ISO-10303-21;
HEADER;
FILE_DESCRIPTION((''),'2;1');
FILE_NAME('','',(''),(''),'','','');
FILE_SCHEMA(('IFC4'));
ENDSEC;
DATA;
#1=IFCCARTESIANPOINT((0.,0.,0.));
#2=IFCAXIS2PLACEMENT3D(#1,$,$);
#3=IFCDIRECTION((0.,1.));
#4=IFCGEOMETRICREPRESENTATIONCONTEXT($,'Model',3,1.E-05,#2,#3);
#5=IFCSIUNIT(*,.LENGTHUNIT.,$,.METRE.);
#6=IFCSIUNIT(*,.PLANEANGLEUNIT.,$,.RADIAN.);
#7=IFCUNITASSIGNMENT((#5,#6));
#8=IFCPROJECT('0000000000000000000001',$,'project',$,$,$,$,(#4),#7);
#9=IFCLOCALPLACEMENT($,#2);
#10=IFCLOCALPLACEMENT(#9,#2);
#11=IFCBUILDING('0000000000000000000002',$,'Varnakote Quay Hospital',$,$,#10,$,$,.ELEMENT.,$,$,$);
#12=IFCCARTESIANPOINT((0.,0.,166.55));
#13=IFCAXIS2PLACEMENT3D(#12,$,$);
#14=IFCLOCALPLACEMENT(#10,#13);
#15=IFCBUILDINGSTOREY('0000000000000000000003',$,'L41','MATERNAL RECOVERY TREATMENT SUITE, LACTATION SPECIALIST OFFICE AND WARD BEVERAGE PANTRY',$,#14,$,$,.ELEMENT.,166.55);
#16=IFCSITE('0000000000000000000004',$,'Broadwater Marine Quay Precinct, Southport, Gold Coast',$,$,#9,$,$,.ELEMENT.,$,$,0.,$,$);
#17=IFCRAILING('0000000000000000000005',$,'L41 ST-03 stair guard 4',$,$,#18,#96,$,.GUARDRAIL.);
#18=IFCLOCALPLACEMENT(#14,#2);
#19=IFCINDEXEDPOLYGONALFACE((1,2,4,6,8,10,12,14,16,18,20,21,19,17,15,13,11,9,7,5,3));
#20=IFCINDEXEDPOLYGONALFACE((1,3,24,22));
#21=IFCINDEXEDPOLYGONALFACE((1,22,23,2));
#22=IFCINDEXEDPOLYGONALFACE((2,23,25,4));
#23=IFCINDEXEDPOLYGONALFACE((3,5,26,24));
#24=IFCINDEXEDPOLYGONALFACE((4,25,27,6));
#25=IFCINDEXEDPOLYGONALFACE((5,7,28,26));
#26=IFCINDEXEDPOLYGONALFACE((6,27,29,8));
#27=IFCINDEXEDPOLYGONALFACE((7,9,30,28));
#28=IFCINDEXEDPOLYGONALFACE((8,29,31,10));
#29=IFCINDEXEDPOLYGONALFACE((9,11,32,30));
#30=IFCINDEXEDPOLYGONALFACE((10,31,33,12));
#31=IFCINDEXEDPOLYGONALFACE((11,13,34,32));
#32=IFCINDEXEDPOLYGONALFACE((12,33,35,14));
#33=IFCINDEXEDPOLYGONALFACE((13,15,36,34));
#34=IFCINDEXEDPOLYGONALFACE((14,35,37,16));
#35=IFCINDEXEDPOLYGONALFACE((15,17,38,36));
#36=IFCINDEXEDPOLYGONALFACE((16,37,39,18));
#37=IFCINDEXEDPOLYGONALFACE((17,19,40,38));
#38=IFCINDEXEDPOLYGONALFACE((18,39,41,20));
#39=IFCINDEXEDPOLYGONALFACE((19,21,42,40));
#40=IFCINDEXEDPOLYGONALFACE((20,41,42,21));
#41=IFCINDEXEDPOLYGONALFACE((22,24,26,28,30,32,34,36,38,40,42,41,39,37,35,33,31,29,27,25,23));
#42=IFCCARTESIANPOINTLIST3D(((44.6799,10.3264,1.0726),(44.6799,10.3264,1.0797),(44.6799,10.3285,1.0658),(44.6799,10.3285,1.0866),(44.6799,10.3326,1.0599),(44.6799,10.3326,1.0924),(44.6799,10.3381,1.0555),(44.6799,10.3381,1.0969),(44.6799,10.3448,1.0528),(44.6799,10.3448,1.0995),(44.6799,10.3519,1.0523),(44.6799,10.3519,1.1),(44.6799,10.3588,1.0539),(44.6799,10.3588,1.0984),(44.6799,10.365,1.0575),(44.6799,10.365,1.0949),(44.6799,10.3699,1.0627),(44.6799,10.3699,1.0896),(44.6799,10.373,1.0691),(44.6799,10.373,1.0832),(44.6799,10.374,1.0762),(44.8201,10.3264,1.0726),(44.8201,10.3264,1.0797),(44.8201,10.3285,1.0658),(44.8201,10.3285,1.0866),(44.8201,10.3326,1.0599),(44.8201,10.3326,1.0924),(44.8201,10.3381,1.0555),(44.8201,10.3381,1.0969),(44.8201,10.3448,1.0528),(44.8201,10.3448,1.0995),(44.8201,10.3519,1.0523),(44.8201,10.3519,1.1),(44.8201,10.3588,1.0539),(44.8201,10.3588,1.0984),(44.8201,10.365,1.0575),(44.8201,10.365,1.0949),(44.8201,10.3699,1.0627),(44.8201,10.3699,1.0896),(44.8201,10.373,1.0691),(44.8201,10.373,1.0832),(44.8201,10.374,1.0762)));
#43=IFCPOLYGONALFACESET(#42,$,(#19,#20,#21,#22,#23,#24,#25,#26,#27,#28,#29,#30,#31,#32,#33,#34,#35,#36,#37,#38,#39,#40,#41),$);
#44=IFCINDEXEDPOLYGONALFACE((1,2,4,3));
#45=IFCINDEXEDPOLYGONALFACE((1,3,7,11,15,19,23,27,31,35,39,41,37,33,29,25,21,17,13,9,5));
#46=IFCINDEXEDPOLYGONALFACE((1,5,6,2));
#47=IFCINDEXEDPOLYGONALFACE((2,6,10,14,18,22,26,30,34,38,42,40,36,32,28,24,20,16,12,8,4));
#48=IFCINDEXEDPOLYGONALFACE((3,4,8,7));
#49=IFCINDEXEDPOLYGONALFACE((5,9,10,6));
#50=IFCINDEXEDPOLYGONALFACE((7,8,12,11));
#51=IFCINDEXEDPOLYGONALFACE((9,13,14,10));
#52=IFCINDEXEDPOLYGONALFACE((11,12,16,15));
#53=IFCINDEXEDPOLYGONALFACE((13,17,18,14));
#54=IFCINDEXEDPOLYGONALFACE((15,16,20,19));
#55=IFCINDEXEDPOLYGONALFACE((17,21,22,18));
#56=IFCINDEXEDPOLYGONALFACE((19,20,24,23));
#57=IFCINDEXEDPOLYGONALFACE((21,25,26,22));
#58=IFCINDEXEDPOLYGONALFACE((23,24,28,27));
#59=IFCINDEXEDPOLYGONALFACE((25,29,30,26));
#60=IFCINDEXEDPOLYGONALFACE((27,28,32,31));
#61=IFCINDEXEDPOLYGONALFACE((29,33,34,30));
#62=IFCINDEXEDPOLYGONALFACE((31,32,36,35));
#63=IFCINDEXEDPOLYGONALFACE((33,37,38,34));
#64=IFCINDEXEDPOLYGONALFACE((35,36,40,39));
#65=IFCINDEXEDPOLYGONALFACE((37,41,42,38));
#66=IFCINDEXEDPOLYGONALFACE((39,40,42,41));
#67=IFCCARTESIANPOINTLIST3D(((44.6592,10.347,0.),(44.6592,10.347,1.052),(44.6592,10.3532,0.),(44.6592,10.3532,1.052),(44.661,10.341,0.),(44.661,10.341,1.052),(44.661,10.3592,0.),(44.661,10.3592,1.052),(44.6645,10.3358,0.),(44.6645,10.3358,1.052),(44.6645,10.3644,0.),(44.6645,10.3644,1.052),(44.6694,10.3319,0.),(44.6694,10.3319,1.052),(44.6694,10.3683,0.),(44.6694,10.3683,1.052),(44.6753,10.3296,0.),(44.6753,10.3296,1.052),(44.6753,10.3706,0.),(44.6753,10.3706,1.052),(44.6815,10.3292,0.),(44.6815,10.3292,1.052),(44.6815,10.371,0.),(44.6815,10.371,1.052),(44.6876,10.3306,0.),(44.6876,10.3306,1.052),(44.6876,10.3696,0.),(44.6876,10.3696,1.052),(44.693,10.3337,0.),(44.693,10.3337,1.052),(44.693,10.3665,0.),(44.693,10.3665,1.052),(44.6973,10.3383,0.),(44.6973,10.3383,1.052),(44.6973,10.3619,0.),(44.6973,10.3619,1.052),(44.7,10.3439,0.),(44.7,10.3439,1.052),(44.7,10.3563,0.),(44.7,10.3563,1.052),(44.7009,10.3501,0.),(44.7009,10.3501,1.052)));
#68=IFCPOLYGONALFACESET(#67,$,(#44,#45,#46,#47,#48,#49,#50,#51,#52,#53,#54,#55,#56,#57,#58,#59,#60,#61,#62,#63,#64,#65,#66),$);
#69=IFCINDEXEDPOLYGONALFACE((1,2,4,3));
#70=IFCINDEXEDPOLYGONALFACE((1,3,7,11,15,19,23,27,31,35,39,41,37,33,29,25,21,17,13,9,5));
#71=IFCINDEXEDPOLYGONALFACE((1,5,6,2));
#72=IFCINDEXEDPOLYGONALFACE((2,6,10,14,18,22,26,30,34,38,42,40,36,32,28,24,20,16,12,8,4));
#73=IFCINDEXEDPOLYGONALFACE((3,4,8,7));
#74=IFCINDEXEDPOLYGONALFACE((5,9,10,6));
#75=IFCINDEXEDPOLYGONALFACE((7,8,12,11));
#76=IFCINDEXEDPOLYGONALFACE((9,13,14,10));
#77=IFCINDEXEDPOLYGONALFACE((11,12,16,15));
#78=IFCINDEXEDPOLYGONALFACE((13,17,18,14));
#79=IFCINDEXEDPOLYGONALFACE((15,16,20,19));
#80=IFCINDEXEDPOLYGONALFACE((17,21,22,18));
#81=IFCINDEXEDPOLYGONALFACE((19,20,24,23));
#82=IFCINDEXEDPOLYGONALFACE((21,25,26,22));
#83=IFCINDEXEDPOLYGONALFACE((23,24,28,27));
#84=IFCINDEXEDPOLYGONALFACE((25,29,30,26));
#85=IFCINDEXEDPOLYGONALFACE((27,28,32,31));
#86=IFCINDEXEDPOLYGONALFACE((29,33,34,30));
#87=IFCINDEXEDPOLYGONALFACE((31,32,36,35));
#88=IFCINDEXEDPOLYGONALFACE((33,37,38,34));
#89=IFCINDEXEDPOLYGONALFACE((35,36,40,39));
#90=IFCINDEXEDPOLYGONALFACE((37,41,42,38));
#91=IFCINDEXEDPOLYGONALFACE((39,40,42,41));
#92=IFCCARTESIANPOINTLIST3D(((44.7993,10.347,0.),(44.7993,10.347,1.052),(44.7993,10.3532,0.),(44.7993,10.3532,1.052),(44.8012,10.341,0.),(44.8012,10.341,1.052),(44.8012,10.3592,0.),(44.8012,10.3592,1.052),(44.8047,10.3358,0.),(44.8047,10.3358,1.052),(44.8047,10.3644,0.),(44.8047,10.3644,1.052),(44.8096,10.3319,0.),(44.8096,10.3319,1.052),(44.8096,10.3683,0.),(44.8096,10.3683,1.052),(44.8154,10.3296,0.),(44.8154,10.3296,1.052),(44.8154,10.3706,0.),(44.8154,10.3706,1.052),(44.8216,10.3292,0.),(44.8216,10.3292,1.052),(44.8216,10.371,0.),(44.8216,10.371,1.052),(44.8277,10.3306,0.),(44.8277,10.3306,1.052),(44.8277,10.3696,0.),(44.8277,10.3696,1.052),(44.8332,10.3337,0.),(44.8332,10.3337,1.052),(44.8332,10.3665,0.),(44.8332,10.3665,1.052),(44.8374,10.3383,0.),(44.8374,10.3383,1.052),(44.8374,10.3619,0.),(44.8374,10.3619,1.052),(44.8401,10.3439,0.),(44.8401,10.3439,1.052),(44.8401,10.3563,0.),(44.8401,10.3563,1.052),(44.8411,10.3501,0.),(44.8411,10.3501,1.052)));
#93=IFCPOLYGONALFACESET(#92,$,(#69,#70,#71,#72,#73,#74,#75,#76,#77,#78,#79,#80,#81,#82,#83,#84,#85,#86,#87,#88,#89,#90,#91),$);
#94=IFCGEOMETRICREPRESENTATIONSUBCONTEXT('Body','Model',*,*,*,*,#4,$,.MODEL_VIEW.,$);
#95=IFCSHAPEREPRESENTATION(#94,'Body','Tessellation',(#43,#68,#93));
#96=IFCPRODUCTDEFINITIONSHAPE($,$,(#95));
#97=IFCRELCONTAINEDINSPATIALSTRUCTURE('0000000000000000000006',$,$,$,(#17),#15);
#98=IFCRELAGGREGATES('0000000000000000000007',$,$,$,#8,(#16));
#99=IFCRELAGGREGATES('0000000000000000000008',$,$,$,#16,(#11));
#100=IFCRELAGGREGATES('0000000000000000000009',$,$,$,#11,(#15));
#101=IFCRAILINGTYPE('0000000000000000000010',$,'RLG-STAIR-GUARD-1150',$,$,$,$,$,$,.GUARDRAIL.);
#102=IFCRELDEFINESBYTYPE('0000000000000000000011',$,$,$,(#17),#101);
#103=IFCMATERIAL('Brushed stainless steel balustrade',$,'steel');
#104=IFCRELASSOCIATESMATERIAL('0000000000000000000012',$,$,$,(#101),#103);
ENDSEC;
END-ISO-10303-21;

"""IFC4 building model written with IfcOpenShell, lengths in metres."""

from ifc_helpers import new_model, si_unit, direction, frame, origin, origin_2d, place, context, subcontext, project, spatial, circle, extrude, material, type_object, element, save


model = new_model("IFC4")

# Units and contexts
model_context = context("Model", 3, precision=1e-05, world=origin(), true_north=direction((0.0, 1.0)))
body_context = subcontext(model_context, "Body", "Model", "MODEL_VIEW")
ifc_project = project(units=[si_unit("LENGTHUNIT", "METRE"), si_unit("PLANEANGLEUNIT", "RADIAN")], contexts=[model_context])

# Site, building, storey
site_placement = place(None, origin())
site = spatial("IfcSite", under=ifc_project, at=site_placement, Name="Broadwater Marine Quay Precinct, Southport, Gold Coast", CompositionType="ELEMENT", RefElevation=0.0)
building_placement = place(site_placement, origin())
building = spatial("IfcBuilding", under=site, at=building_placement, Name="Varnakote Quay Hospital", CompositionType="ELEMENT")
storey_placement = place(building_placement, frame((0.0, 0.0, 166.55)))
storey = spatial("IfcBuildingStorey", under=building, at=storey_placement, Name="L41", Description="MATERNAL RECOVERY TREATMENT SUITE, LACTATION SPECIALIST OFFICE AND WARD BEVERAGE PANTRY", CompositionType="ELEMENT", Elevation=166.55)

# Railing
ifc_material_1 = material(Name="Brushed stainless steel balustrade", Category="steel")
railing_type_1 = type_object("IfcRailingType", Name="RLG-STAIR-GUARD-1150", PredefinedType="GUARDRAIL", material=ifc_material_1)
railing_1_placement = place(storey_placement, frame((44.6799, 10.3501, 0.0)))
element("IfcRailing", 1, at=railing_1_placement, inside=storey, type_object=railing_type_1, Name="L41 ST-03 stair guard 4", PredefinedType="GUARDRAIL", context=body_context, shape_type="SweptSolid", body=[
    extrude(circle(Radius=0.0239, at=origin_2d()), frame((0.0, 0.0, 1.0762), z_axis=(1.0, 0.0, 0.0), x_axis=(0.0, 1.0, 0.0)), (0.0, 0.0, 1.0), 0.1401),
    extrude(circle(Radius=0.021, at=origin_2d()), origin(), (0.0, 0.0, 1.0), 1.052),
    extrude(circle(Radius=0.021, at=origin_2d()), frame((0.1401, 0.0, 0.0)), (0.0, 0.0, 1.0), 1.052),
])

save(model, "model.ifc")
